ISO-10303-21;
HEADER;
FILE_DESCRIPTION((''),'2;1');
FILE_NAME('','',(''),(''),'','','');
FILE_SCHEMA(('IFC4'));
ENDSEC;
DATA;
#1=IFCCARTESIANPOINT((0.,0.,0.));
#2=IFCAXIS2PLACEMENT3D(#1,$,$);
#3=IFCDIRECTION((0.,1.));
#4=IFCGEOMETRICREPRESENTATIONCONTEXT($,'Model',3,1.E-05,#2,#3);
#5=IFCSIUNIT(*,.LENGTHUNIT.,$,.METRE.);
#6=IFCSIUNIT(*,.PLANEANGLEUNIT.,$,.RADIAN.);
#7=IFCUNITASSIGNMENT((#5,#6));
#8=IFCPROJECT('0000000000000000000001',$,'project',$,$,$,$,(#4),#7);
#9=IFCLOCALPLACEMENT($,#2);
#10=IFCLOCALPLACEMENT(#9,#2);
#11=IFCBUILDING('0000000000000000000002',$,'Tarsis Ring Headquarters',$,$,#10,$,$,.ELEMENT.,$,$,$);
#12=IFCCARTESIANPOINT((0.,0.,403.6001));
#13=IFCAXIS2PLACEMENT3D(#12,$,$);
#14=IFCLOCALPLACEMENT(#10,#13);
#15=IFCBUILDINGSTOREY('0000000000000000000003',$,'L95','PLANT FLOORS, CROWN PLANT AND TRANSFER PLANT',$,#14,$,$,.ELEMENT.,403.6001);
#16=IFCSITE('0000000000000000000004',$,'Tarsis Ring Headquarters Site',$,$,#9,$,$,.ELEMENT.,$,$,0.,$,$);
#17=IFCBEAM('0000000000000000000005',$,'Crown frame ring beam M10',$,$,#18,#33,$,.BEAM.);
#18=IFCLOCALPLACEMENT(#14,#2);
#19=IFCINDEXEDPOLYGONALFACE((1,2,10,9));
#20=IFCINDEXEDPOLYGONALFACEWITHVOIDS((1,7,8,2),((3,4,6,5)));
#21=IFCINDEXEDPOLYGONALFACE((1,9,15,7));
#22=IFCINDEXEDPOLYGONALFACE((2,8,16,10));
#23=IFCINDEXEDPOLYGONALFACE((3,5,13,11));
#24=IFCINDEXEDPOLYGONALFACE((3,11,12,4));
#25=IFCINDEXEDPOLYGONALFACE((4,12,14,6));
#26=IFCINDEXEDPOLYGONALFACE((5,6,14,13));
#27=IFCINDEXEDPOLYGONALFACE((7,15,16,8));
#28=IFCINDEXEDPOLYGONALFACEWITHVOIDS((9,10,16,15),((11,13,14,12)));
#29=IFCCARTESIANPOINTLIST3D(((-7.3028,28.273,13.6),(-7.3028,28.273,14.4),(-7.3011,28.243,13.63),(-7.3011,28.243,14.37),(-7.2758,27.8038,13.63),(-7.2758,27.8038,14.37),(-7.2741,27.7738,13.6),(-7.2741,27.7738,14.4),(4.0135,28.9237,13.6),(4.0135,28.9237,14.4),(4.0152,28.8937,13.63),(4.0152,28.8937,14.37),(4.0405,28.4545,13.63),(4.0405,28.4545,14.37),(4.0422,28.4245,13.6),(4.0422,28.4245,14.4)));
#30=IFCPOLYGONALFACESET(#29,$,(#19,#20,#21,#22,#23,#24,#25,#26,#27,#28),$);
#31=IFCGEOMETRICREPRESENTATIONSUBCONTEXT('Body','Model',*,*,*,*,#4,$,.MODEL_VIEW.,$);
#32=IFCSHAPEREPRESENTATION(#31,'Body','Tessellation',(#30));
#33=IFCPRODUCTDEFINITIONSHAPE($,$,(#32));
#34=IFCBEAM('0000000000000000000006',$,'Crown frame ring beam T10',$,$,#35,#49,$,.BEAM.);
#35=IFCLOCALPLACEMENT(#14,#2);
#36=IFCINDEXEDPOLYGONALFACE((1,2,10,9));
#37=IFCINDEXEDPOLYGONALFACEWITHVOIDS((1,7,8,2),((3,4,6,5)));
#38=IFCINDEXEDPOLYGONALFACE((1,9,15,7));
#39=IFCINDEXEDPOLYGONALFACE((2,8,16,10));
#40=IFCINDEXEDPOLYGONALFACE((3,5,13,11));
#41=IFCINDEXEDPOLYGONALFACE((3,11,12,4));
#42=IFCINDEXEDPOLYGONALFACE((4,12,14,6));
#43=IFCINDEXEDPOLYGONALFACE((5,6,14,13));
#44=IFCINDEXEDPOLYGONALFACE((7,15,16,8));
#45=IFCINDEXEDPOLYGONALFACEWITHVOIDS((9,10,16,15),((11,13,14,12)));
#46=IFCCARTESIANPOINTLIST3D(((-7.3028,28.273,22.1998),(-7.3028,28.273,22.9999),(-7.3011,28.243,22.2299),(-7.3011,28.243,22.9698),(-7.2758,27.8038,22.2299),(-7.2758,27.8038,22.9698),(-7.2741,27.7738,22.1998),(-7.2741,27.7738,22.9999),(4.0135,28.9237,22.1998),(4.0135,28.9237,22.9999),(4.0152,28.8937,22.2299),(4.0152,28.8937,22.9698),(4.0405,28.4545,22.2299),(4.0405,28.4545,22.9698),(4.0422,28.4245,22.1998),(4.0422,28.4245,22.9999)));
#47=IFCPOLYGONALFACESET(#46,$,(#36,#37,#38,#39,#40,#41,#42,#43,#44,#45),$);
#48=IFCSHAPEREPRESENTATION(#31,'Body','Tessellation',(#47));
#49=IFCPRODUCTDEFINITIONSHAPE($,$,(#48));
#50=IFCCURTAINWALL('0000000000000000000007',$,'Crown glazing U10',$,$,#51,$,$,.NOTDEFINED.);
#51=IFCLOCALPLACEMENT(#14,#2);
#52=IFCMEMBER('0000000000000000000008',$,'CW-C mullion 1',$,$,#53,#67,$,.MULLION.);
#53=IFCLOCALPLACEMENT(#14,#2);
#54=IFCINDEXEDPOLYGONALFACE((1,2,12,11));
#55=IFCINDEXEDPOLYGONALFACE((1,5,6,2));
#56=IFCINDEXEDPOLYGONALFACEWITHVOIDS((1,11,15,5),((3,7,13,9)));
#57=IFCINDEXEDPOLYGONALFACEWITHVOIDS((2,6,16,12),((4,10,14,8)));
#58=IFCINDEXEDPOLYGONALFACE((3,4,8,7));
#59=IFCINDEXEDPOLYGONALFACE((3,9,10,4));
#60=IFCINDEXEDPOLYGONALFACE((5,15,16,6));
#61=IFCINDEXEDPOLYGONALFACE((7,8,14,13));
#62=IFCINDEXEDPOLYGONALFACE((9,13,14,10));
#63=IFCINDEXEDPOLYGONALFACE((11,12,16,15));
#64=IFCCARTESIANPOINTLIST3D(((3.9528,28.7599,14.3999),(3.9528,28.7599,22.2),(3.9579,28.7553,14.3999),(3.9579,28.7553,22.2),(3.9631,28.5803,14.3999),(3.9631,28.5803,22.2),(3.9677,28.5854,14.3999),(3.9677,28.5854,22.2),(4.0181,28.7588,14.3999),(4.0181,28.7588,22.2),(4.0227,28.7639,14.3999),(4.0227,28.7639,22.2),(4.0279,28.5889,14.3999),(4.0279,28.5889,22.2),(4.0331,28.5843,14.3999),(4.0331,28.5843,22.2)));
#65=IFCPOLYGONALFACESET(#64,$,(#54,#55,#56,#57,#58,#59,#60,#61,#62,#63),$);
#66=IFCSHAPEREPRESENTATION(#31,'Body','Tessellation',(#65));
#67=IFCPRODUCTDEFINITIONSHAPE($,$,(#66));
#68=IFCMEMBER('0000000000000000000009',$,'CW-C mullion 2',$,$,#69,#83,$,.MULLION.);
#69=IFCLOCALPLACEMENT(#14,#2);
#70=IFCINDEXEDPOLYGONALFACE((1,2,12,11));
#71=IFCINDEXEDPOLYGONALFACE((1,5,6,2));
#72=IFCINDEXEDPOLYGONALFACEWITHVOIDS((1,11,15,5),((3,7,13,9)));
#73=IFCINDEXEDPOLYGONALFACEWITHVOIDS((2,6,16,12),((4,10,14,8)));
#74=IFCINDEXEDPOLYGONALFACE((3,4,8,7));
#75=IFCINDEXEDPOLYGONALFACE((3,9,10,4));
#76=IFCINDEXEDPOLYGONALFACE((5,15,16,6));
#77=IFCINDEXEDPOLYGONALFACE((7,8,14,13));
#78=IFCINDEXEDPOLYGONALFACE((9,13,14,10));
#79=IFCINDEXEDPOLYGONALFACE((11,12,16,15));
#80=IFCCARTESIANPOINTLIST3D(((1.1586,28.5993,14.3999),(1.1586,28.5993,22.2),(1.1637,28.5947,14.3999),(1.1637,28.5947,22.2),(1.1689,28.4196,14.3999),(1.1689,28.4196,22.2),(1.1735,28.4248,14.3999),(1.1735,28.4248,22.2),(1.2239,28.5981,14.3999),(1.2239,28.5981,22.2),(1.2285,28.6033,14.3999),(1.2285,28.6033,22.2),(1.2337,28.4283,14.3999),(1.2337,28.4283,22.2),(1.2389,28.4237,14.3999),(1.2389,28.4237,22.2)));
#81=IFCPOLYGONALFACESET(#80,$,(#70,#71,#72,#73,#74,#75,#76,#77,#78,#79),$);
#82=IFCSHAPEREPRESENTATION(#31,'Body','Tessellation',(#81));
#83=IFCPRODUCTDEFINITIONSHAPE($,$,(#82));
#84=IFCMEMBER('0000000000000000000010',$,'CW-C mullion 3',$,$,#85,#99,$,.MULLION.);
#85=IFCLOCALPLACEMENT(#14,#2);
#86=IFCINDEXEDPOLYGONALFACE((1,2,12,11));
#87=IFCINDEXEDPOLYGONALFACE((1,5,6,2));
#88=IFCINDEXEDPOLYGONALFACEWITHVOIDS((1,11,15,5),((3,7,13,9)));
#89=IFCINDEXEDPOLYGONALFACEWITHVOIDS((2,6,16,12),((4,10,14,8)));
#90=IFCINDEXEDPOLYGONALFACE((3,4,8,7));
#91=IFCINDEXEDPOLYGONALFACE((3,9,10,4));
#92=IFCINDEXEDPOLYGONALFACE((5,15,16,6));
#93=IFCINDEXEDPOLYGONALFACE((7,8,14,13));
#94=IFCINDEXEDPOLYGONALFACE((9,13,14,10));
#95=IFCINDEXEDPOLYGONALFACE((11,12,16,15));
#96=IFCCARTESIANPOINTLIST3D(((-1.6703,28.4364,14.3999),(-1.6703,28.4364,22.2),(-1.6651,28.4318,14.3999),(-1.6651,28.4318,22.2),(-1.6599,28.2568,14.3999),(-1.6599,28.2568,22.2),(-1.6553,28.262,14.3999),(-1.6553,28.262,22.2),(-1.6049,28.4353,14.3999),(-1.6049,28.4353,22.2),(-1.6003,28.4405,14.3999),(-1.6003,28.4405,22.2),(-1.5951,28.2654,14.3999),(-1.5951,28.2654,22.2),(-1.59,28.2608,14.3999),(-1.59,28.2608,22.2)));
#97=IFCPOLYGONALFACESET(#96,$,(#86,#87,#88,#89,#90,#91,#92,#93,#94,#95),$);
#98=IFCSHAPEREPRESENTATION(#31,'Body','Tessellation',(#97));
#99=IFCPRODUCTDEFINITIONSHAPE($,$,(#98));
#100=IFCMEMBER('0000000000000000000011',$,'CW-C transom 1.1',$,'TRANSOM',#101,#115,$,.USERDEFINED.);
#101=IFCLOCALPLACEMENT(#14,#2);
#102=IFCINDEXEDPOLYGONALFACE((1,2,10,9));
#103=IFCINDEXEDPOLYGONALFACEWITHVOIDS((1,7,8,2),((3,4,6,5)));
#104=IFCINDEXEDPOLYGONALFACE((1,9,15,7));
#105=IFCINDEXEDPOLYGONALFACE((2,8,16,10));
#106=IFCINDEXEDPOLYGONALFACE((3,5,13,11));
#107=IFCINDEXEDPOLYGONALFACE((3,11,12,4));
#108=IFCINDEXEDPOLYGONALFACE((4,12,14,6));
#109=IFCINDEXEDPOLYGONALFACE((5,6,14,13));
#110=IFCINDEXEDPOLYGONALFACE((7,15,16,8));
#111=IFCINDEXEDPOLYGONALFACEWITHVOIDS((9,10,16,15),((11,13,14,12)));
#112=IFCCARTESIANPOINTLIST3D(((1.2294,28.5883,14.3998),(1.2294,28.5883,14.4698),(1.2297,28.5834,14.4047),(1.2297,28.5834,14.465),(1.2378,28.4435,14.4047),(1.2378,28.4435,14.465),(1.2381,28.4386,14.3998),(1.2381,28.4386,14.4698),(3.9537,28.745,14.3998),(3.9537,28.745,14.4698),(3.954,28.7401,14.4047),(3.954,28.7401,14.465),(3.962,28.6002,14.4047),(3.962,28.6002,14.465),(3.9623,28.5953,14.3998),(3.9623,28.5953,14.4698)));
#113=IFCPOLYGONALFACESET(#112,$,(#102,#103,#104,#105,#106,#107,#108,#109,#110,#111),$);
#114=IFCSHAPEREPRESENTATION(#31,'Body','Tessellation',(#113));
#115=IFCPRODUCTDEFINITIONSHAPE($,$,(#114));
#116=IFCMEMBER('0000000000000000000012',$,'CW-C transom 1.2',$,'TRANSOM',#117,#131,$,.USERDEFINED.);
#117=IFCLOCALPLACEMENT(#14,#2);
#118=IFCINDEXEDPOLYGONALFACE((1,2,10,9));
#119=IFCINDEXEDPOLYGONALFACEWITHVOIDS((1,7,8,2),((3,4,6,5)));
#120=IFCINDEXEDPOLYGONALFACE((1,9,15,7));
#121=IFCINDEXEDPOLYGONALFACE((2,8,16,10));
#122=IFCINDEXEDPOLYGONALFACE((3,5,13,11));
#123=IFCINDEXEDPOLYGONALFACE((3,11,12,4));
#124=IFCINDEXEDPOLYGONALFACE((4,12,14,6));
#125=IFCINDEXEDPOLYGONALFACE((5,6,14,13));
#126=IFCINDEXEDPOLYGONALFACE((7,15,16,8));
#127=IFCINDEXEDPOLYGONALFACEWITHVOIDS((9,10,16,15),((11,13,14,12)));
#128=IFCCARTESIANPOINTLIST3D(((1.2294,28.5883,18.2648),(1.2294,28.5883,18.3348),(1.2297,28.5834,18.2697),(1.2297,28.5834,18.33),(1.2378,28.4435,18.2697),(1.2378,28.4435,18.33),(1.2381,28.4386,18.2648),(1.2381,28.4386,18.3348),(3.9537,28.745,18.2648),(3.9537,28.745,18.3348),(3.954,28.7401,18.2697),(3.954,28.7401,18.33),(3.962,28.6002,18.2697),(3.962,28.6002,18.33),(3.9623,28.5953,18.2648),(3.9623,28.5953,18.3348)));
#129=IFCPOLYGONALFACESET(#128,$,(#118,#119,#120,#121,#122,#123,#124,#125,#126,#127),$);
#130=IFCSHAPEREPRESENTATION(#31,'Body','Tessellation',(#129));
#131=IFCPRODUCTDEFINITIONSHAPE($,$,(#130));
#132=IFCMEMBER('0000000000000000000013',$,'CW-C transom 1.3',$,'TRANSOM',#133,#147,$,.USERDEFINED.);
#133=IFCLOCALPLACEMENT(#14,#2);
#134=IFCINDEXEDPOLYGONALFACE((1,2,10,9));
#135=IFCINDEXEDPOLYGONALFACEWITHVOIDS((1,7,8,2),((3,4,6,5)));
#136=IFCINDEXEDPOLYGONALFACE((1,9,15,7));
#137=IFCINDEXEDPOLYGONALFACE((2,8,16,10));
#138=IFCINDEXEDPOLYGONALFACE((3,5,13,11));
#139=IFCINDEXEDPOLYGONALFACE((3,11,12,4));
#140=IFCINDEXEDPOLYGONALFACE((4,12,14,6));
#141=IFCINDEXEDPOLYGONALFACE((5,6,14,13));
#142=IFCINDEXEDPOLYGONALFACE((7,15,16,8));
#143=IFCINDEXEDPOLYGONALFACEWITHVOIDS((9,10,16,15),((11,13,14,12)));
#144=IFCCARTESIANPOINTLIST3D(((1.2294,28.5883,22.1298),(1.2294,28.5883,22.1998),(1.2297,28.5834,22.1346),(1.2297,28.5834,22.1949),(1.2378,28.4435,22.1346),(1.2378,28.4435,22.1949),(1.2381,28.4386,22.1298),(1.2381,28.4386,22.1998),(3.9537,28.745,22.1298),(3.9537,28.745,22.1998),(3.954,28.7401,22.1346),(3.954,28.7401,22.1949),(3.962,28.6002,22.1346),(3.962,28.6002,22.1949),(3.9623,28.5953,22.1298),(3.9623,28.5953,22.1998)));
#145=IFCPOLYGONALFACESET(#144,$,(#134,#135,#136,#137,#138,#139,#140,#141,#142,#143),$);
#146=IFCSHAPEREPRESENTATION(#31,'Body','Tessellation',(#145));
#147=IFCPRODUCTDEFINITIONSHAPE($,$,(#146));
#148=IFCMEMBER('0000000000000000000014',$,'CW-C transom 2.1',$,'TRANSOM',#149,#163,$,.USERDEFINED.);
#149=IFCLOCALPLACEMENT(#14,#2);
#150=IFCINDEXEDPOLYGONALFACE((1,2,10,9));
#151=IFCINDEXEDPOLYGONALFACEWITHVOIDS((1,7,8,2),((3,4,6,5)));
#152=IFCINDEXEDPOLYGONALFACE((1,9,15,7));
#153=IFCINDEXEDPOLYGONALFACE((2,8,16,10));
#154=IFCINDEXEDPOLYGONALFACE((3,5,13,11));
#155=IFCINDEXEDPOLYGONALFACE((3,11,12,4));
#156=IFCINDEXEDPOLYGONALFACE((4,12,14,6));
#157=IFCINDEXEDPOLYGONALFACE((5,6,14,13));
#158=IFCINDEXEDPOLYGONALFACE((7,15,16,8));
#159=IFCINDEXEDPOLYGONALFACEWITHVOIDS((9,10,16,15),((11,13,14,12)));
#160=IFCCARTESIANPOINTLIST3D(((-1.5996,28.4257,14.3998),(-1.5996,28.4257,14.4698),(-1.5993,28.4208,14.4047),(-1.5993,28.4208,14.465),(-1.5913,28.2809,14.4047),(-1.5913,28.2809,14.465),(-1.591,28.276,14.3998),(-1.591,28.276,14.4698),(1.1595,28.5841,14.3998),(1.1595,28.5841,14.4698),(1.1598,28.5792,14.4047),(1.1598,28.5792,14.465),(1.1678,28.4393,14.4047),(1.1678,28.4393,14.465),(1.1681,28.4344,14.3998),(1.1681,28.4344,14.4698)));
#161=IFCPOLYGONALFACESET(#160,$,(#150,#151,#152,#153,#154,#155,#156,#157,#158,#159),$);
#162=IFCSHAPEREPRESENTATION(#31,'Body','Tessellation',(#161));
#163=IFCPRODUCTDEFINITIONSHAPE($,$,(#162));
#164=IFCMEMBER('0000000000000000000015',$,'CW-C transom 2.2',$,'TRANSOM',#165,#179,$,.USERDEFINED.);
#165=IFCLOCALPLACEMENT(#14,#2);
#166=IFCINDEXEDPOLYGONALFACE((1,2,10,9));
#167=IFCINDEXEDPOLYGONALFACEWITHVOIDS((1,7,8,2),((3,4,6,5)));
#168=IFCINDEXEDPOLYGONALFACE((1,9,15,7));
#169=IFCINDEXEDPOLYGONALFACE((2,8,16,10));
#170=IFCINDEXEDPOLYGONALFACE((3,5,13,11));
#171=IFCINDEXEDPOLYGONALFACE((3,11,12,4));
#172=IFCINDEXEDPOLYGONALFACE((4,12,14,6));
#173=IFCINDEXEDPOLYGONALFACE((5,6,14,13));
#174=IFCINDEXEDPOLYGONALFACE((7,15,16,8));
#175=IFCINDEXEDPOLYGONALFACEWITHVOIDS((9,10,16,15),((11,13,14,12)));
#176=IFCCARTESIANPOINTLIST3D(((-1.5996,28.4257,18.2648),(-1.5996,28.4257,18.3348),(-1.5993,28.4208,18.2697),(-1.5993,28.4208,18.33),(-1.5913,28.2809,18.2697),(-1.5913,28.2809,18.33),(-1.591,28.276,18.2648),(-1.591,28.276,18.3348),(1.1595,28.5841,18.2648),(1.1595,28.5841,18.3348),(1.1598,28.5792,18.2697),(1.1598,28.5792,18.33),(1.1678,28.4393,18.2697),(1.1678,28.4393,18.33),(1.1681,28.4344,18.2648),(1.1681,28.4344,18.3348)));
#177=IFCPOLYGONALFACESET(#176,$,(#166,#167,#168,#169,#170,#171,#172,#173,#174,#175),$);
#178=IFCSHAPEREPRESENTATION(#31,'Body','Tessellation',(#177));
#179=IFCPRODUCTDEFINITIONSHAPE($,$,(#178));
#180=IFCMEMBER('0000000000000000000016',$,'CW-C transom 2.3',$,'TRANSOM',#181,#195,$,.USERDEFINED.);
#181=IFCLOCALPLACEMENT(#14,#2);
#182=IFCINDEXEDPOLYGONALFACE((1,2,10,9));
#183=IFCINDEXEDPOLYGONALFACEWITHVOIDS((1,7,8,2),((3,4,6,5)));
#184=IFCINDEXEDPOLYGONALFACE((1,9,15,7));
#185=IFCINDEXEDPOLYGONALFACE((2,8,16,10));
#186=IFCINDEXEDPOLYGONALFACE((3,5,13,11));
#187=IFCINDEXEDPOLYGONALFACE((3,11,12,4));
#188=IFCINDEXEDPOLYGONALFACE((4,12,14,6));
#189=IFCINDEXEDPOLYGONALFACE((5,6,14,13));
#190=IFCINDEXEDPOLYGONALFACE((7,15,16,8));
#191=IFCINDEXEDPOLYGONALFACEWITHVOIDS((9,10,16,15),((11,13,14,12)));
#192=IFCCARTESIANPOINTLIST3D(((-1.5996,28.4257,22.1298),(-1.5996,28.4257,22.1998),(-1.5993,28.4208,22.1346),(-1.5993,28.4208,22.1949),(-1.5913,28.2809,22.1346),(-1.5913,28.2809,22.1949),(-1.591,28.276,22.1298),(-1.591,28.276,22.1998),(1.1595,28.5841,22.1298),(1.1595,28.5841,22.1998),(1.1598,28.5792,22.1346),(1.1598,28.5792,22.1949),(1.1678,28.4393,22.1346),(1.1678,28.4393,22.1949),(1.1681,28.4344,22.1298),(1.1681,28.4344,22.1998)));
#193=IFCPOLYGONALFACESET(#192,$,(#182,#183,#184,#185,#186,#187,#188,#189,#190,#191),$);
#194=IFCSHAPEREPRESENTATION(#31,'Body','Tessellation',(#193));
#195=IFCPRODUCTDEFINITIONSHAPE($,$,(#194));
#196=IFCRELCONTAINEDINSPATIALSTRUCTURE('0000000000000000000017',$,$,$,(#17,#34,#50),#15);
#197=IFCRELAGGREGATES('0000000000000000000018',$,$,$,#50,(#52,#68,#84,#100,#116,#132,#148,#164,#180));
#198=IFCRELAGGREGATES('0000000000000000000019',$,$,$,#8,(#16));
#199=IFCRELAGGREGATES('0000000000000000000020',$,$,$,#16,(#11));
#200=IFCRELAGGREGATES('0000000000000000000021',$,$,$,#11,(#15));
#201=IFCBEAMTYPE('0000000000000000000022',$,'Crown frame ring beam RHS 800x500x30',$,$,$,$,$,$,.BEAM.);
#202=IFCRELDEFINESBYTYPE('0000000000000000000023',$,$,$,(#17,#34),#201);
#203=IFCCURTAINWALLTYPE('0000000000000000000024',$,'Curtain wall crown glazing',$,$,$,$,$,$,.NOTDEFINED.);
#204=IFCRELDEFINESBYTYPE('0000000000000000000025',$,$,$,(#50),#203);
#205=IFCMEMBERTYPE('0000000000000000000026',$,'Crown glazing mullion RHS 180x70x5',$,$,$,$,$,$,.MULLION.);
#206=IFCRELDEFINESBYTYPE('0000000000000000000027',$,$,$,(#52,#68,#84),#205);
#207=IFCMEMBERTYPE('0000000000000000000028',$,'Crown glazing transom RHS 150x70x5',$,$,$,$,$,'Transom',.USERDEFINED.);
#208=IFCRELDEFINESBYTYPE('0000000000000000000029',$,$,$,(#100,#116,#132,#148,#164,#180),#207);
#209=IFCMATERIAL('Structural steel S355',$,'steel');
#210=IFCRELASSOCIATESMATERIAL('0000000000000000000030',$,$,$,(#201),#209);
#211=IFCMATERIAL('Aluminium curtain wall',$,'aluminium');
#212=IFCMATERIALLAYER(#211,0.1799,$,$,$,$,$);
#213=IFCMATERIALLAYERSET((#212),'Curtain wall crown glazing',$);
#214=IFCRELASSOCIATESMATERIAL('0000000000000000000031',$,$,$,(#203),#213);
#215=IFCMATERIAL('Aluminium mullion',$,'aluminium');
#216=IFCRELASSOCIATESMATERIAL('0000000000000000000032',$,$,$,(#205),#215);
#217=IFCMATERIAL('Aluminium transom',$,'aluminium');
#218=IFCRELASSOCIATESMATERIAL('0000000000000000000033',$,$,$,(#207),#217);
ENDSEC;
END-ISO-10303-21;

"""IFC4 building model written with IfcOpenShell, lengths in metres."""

from ifc_helpers import new_model, si_unit, direction, frame, origin, origin_2d, place, context, subcontext, project, spatial, hollow_rectangle, extrude, material, layer, layer_set, material_profile, profile_set, type_object, element, aggregate, save


model = new_model("IFC4")

# Units and contexts
model_context = context("Model", 3, precision=1e-05, world=origin(), true_north=direction((0.0, 1.0)))
body_context = subcontext(model_context, "Body", "Model", "MODEL_VIEW")
ifc_project = project(units=[si_unit("LENGTHUNIT", "METRE"), si_unit("PLANEANGLEUNIT", "RADIAN")], contexts=[model_context])

# Site, building, storey
site_placement = place(None, origin())
site = spatial("IfcSite", under=ifc_project, at=site_placement, Name="Tarsis Ring Headquarters Site", CompositionType="ELEMENT", RefElevation=0.0)
building_placement = place(site_placement, origin())
building = spatial("IfcBuilding", under=site, at=building_placement, Name="Tarsis Ring Headquarters", CompositionType="ELEMENT")
storey_placement = place(building_placement, frame((0.0, 0.0, 403.6001)))
storey = spatial("IfcBuildingStorey", under=building, at=storey_placement, Name="L95", Description="PLANT FLOORS, CROWN PLANT AND TRANSFER PLANT", CompositionType="ELEMENT", Elevation=403.6001)

# Beams
ifc_material_1 = material(Name="Structural steel S355", Category="steel")
ifc_material_profile_1 = material_profile(ifc_material_1, hollow_rectangle(XDim=0.5, YDim=0.8, WallThickness=0.03, at=origin_2d()), Name="RHS 800x500x30")
ifc_profile_set_1 = profile_set([ifc_material_profile_1], Name="Structural steel S355")
beam_type = type_object("IfcBeamType", Name="Crown frame ring beam RHS 800x500x30", PredefinedType="BEAM", material=ifc_profile_set_1)
for number, where, z_axis, x_axis, name in (
    (1, (4.0278, 28.6741, 14.0), (-0.998351, -0.057401, 0.0), (0.057401, -0.998351, 0.0), "Crown frame ring beam M10"),
    (2, (4.0278, 28.6741, 22.5999), (-0.998351, -0.057401, 0.0), (0.057401, -0.998351, 0.0), "Crown frame ring beam T10"),
):
    element("IfcBeam", number, at=place(storey_placement, frame(where, z_axis=z_axis, x_axis=x_axis)), inside=storey, type_object=beam_type, Name=name, PredefinedType="BEAM", context=body_context, shape_type="SweptSolid", body=[
        extrude(hollow_rectangle(XDim=0.5, YDim=0.8, WallThickness=0.03, at=origin_2d()), origin(), (0.0, 0.0, 1.0), 11.335),
    ])

# Curtain wall, members
ifc_material_2 = material(Name="Aluminium curtain wall", Category="aluminium")
ifc_layer_1 = layer(ifc_material_2, 0.1799)
ifc_layer_set_1 = layer_set([ifc_layer_1], Name="Curtain wall crown glazing")
curtain_wall_type = type_object("IfcCurtainWallType", Name="Curtain wall crown glazing", PredefinedType="NOTDEFINED", material=ifc_layer_set_1)
curtain_wall_placement = place(storey_placement, origin())
curtain_wall = element("IfcCurtainWall", 3, at=curtain_wall_placement, inside=storey, type_object=curtain_wall_type, Name="Crown glazing U10", PredefinedType="NOTDEFINED")
ifc_material_3 = material(Name="Aluminium mullion", Category="aluminium")
ifc_material_profile_2 = material_profile(ifc_material_3, hollow_rectangle(XDim=0.1799, YDim=0.0701, WallThickness=0.0049, at=origin_2d()), Name="RHS 180x70x5")
ifc_profile_set_2 = profile_set([ifc_material_profile_2], Name="Aluminium mullion")
member_type_1 = type_object("IfcMemberType", Name="Crown glazing mullion RHS 180x70x5", PredefinedType="MULLION", material=ifc_profile_set_2)
member_1_placement = place(storey_placement, frame((3.9929, 28.6721, 14.3999), z_axis=(0.0, 0.0, 1.0), x_axis=(0.057412, -0.998351, 0.0)))
member_1 = element("IfcMember", 4, at=member_1_placement, type_object=member_type_1, Name="CW-C mullion 1", PredefinedType="MULLION", context=body_context, shape_type="SweptSolid", body=[
    extrude(hollow_rectangle(XDim=0.1799, YDim=0.0701, WallThickness=0.0049, at=origin_2d()), origin(), (0.0, 0.0, 1.0), 7.8),
])
member_2_placement = place(storey_placement, frame((1.1987, 28.5115, 14.3999), z_axis=(0.0, 0.0, 1.0), x_axis=(0.057412, -0.998351, 0.0)))
member_2 = element("IfcMember", 5, at=member_2_placement, type_object=member_type_1, Name="CW-C mullion 2", PredefinedType="MULLION", context=body_context, shape_type="SweptSolid", body=[
    extrude(hollow_rectangle(XDim=0.1799, YDim=0.0701, WallThickness=0.0049, at=origin_2d()), origin(), (0.0, 0.0, 1.0), 7.8),
])
member_3_placement = place(storey_placement, frame((-1.6301, 28.3486, 14.3999), z_axis=(0.0, 0.0, 1.0), x_axis=(0.057412, -0.998351, 0.0)))
member_3 = element("IfcMember", 6, at=member_3_placement, type_object=member_type_1, Name="CW-C mullion 3", PredefinedType="MULLION", context=body_context, shape_type="SweptSolid", body=[
    extrude(hollow_rectangle(XDim=0.1799, YDim=0.0701, WallThickness=0.0049, at=origin_2d()), origin(), (0.0, 0.0, 1.0), 7.8),
])
ifc_material_4 = material(Name="Aluminium transom", Category="aluminium")
ifc_material_profile_3 = material_profile(ifc_material_4, hollow_rectangle(XDim=0.1499, YDim=0.0701, WallThickness=0.0049, at=origin_2d()), Name="RHS 150x70x5")
ifc_profile_set_3 = profile_set([ifc_material_profile_3], Name="Aluminium transom")
member_type_2 = type_object("IfcMemberType", Name="Crown glazing transom RHS 150x70x5", ElementType="Transom", PredefinedType="USERDEFINED", material=ifc_profile_set_3)
member_4_placement = place(storey_placement, frame((3.958, 28.6702, 14.4348), z_axis=(-0.998349, -0.057437, 0.0), x_axis=(0.057437, -0.998349, 0.0)))
member_4 = element("IfcMember", 7, at=member_4_placement, type_object=member_type_2, Name="CW-C transom 1.1", ObjectType="TRANSOM", PredefinedType="USERDEFINED", context=body_context, shape_type="SweptSolid", body=[
    extrude(hollow_rectangle(XDim=0.1499, YDim=0.0701, WallThickness=0.0049, at=origin_2d()), origin(), (0.0, 0.0, 1.0), 2.7288),
])
member_5_placement = place(storey_placement, frame((3.958, 28.6702, 18.2998), z_axis=(-0.998349, -0.057437, 0.0), x_axis=(0.057437, -0.998349, 0.0)))
member_5 = element("IfcMember", 8, at=member_5_placement, type_object=member_type_2, Name="CW-C transom 1.2", ObjectType="TRANSOM", PredefinedType="USERDEFINED", context=body_context, shape_type="SweptSolid", body=[
    extrude(hollow_rectangle(XDim=0.1499, YDim=0.0701, WallThickness=0.0049, at=origin_2d()), origin(), (0.0, 0.0, 1.0), 2.7288),
])
member_6_placement = place(storey_placement, frame((3.958, 28.6702, 22.1648), z_axis=(-0.998349, -0.057437, 0.0), x_axis=(0.057437, -0.998349, 0.0)))
member_6 = element("IfcMember", 9, at=member_6_placement, type_object=member_type_2, Name="CW-C transom 1.3", ObjectType="TRANSOM", PredefinedType="USERDEFINED", context=body_context, shape_type="SweptSolid", body=[
    extrude(hollow_rectangle(XDim=0.1499, YDim=0.0701, WallThickness=0.0049, at=origin_2d()), origin(), (0.0, 0.0, 1.0), 2.7288),
])
member_7_placement = place(storey_placement, frame((1.1638, 28.5093, 14.4348), z_axis=(-0.998355, -0.057334, 0.0), x_axis=(0.057334, -0.998355, 0.0)))
member_7 = element("IfcMember", 10, at=member_7_placement, type_object=member_type_2, Name="CW-C transom 2.1", ObjectType="TRANSOM", PredefinedType="USERDEFINED", context=body_context, shape_type="SweptSolid", body=[
    extrude(hollow_rectangle(XDim=0.1499, YDim=0.0701, WallThickness=0.0049, at=origin_2d()), origin(), (0.0, 0.0, 1.0), 2.7637),
])
member_8_placement = place(storey_placement, frame((1.1638, 28.5093, 18.2998), z_axis=(-0.998355, -0.057334, 0.0), x_axis=(0.057334, -0.998355, 0.0)))
member_8 = element("IfcMember", 11, at=member_8_placement, type_object=member_type_2, Name="CW-C transom 2.2", ObjectType="TRANSOM", PredefinedType="USERDEFINED", context=body_context, shape_type="SweptSolid", body=[
    extrude(hollow_rectangle(XDim=0.1499, YDim=0.0701, WallThickness=0.0049, at=origin_2d()), origin(), (0.0, 0.0, 1.0), 2.7637),
])
member_9_placement = place(storey_placement, frame((1.1638, 28.5093, 22.1648), z_axis=(-0.998355, -0.057334, 0.0), x_axis=(0.057334, -0.998355, 0.0)))
member_9 = element("IfcMember", 12, at=member_9_placement, type_object=member_type_2, Name="CW-C transom 2.3", ObjectType="TRANSOM", PredefinedType="USERDEFINED", context=body_context, shape_type="SweptSolid", body=[
    extrude(hollow_rectangle(XDim=0.1499, YDim=0.0701, WallThickness=0.0049, at=origin_2d()), origin(), (0.0, 0.0, 1.0), 2.7637),
])
aggregate(curtain_wall, [member_1, member_2, member_3, member_4, member_5, member_6, member_7, member_8, member_9])

save(model, "model.ifc")
